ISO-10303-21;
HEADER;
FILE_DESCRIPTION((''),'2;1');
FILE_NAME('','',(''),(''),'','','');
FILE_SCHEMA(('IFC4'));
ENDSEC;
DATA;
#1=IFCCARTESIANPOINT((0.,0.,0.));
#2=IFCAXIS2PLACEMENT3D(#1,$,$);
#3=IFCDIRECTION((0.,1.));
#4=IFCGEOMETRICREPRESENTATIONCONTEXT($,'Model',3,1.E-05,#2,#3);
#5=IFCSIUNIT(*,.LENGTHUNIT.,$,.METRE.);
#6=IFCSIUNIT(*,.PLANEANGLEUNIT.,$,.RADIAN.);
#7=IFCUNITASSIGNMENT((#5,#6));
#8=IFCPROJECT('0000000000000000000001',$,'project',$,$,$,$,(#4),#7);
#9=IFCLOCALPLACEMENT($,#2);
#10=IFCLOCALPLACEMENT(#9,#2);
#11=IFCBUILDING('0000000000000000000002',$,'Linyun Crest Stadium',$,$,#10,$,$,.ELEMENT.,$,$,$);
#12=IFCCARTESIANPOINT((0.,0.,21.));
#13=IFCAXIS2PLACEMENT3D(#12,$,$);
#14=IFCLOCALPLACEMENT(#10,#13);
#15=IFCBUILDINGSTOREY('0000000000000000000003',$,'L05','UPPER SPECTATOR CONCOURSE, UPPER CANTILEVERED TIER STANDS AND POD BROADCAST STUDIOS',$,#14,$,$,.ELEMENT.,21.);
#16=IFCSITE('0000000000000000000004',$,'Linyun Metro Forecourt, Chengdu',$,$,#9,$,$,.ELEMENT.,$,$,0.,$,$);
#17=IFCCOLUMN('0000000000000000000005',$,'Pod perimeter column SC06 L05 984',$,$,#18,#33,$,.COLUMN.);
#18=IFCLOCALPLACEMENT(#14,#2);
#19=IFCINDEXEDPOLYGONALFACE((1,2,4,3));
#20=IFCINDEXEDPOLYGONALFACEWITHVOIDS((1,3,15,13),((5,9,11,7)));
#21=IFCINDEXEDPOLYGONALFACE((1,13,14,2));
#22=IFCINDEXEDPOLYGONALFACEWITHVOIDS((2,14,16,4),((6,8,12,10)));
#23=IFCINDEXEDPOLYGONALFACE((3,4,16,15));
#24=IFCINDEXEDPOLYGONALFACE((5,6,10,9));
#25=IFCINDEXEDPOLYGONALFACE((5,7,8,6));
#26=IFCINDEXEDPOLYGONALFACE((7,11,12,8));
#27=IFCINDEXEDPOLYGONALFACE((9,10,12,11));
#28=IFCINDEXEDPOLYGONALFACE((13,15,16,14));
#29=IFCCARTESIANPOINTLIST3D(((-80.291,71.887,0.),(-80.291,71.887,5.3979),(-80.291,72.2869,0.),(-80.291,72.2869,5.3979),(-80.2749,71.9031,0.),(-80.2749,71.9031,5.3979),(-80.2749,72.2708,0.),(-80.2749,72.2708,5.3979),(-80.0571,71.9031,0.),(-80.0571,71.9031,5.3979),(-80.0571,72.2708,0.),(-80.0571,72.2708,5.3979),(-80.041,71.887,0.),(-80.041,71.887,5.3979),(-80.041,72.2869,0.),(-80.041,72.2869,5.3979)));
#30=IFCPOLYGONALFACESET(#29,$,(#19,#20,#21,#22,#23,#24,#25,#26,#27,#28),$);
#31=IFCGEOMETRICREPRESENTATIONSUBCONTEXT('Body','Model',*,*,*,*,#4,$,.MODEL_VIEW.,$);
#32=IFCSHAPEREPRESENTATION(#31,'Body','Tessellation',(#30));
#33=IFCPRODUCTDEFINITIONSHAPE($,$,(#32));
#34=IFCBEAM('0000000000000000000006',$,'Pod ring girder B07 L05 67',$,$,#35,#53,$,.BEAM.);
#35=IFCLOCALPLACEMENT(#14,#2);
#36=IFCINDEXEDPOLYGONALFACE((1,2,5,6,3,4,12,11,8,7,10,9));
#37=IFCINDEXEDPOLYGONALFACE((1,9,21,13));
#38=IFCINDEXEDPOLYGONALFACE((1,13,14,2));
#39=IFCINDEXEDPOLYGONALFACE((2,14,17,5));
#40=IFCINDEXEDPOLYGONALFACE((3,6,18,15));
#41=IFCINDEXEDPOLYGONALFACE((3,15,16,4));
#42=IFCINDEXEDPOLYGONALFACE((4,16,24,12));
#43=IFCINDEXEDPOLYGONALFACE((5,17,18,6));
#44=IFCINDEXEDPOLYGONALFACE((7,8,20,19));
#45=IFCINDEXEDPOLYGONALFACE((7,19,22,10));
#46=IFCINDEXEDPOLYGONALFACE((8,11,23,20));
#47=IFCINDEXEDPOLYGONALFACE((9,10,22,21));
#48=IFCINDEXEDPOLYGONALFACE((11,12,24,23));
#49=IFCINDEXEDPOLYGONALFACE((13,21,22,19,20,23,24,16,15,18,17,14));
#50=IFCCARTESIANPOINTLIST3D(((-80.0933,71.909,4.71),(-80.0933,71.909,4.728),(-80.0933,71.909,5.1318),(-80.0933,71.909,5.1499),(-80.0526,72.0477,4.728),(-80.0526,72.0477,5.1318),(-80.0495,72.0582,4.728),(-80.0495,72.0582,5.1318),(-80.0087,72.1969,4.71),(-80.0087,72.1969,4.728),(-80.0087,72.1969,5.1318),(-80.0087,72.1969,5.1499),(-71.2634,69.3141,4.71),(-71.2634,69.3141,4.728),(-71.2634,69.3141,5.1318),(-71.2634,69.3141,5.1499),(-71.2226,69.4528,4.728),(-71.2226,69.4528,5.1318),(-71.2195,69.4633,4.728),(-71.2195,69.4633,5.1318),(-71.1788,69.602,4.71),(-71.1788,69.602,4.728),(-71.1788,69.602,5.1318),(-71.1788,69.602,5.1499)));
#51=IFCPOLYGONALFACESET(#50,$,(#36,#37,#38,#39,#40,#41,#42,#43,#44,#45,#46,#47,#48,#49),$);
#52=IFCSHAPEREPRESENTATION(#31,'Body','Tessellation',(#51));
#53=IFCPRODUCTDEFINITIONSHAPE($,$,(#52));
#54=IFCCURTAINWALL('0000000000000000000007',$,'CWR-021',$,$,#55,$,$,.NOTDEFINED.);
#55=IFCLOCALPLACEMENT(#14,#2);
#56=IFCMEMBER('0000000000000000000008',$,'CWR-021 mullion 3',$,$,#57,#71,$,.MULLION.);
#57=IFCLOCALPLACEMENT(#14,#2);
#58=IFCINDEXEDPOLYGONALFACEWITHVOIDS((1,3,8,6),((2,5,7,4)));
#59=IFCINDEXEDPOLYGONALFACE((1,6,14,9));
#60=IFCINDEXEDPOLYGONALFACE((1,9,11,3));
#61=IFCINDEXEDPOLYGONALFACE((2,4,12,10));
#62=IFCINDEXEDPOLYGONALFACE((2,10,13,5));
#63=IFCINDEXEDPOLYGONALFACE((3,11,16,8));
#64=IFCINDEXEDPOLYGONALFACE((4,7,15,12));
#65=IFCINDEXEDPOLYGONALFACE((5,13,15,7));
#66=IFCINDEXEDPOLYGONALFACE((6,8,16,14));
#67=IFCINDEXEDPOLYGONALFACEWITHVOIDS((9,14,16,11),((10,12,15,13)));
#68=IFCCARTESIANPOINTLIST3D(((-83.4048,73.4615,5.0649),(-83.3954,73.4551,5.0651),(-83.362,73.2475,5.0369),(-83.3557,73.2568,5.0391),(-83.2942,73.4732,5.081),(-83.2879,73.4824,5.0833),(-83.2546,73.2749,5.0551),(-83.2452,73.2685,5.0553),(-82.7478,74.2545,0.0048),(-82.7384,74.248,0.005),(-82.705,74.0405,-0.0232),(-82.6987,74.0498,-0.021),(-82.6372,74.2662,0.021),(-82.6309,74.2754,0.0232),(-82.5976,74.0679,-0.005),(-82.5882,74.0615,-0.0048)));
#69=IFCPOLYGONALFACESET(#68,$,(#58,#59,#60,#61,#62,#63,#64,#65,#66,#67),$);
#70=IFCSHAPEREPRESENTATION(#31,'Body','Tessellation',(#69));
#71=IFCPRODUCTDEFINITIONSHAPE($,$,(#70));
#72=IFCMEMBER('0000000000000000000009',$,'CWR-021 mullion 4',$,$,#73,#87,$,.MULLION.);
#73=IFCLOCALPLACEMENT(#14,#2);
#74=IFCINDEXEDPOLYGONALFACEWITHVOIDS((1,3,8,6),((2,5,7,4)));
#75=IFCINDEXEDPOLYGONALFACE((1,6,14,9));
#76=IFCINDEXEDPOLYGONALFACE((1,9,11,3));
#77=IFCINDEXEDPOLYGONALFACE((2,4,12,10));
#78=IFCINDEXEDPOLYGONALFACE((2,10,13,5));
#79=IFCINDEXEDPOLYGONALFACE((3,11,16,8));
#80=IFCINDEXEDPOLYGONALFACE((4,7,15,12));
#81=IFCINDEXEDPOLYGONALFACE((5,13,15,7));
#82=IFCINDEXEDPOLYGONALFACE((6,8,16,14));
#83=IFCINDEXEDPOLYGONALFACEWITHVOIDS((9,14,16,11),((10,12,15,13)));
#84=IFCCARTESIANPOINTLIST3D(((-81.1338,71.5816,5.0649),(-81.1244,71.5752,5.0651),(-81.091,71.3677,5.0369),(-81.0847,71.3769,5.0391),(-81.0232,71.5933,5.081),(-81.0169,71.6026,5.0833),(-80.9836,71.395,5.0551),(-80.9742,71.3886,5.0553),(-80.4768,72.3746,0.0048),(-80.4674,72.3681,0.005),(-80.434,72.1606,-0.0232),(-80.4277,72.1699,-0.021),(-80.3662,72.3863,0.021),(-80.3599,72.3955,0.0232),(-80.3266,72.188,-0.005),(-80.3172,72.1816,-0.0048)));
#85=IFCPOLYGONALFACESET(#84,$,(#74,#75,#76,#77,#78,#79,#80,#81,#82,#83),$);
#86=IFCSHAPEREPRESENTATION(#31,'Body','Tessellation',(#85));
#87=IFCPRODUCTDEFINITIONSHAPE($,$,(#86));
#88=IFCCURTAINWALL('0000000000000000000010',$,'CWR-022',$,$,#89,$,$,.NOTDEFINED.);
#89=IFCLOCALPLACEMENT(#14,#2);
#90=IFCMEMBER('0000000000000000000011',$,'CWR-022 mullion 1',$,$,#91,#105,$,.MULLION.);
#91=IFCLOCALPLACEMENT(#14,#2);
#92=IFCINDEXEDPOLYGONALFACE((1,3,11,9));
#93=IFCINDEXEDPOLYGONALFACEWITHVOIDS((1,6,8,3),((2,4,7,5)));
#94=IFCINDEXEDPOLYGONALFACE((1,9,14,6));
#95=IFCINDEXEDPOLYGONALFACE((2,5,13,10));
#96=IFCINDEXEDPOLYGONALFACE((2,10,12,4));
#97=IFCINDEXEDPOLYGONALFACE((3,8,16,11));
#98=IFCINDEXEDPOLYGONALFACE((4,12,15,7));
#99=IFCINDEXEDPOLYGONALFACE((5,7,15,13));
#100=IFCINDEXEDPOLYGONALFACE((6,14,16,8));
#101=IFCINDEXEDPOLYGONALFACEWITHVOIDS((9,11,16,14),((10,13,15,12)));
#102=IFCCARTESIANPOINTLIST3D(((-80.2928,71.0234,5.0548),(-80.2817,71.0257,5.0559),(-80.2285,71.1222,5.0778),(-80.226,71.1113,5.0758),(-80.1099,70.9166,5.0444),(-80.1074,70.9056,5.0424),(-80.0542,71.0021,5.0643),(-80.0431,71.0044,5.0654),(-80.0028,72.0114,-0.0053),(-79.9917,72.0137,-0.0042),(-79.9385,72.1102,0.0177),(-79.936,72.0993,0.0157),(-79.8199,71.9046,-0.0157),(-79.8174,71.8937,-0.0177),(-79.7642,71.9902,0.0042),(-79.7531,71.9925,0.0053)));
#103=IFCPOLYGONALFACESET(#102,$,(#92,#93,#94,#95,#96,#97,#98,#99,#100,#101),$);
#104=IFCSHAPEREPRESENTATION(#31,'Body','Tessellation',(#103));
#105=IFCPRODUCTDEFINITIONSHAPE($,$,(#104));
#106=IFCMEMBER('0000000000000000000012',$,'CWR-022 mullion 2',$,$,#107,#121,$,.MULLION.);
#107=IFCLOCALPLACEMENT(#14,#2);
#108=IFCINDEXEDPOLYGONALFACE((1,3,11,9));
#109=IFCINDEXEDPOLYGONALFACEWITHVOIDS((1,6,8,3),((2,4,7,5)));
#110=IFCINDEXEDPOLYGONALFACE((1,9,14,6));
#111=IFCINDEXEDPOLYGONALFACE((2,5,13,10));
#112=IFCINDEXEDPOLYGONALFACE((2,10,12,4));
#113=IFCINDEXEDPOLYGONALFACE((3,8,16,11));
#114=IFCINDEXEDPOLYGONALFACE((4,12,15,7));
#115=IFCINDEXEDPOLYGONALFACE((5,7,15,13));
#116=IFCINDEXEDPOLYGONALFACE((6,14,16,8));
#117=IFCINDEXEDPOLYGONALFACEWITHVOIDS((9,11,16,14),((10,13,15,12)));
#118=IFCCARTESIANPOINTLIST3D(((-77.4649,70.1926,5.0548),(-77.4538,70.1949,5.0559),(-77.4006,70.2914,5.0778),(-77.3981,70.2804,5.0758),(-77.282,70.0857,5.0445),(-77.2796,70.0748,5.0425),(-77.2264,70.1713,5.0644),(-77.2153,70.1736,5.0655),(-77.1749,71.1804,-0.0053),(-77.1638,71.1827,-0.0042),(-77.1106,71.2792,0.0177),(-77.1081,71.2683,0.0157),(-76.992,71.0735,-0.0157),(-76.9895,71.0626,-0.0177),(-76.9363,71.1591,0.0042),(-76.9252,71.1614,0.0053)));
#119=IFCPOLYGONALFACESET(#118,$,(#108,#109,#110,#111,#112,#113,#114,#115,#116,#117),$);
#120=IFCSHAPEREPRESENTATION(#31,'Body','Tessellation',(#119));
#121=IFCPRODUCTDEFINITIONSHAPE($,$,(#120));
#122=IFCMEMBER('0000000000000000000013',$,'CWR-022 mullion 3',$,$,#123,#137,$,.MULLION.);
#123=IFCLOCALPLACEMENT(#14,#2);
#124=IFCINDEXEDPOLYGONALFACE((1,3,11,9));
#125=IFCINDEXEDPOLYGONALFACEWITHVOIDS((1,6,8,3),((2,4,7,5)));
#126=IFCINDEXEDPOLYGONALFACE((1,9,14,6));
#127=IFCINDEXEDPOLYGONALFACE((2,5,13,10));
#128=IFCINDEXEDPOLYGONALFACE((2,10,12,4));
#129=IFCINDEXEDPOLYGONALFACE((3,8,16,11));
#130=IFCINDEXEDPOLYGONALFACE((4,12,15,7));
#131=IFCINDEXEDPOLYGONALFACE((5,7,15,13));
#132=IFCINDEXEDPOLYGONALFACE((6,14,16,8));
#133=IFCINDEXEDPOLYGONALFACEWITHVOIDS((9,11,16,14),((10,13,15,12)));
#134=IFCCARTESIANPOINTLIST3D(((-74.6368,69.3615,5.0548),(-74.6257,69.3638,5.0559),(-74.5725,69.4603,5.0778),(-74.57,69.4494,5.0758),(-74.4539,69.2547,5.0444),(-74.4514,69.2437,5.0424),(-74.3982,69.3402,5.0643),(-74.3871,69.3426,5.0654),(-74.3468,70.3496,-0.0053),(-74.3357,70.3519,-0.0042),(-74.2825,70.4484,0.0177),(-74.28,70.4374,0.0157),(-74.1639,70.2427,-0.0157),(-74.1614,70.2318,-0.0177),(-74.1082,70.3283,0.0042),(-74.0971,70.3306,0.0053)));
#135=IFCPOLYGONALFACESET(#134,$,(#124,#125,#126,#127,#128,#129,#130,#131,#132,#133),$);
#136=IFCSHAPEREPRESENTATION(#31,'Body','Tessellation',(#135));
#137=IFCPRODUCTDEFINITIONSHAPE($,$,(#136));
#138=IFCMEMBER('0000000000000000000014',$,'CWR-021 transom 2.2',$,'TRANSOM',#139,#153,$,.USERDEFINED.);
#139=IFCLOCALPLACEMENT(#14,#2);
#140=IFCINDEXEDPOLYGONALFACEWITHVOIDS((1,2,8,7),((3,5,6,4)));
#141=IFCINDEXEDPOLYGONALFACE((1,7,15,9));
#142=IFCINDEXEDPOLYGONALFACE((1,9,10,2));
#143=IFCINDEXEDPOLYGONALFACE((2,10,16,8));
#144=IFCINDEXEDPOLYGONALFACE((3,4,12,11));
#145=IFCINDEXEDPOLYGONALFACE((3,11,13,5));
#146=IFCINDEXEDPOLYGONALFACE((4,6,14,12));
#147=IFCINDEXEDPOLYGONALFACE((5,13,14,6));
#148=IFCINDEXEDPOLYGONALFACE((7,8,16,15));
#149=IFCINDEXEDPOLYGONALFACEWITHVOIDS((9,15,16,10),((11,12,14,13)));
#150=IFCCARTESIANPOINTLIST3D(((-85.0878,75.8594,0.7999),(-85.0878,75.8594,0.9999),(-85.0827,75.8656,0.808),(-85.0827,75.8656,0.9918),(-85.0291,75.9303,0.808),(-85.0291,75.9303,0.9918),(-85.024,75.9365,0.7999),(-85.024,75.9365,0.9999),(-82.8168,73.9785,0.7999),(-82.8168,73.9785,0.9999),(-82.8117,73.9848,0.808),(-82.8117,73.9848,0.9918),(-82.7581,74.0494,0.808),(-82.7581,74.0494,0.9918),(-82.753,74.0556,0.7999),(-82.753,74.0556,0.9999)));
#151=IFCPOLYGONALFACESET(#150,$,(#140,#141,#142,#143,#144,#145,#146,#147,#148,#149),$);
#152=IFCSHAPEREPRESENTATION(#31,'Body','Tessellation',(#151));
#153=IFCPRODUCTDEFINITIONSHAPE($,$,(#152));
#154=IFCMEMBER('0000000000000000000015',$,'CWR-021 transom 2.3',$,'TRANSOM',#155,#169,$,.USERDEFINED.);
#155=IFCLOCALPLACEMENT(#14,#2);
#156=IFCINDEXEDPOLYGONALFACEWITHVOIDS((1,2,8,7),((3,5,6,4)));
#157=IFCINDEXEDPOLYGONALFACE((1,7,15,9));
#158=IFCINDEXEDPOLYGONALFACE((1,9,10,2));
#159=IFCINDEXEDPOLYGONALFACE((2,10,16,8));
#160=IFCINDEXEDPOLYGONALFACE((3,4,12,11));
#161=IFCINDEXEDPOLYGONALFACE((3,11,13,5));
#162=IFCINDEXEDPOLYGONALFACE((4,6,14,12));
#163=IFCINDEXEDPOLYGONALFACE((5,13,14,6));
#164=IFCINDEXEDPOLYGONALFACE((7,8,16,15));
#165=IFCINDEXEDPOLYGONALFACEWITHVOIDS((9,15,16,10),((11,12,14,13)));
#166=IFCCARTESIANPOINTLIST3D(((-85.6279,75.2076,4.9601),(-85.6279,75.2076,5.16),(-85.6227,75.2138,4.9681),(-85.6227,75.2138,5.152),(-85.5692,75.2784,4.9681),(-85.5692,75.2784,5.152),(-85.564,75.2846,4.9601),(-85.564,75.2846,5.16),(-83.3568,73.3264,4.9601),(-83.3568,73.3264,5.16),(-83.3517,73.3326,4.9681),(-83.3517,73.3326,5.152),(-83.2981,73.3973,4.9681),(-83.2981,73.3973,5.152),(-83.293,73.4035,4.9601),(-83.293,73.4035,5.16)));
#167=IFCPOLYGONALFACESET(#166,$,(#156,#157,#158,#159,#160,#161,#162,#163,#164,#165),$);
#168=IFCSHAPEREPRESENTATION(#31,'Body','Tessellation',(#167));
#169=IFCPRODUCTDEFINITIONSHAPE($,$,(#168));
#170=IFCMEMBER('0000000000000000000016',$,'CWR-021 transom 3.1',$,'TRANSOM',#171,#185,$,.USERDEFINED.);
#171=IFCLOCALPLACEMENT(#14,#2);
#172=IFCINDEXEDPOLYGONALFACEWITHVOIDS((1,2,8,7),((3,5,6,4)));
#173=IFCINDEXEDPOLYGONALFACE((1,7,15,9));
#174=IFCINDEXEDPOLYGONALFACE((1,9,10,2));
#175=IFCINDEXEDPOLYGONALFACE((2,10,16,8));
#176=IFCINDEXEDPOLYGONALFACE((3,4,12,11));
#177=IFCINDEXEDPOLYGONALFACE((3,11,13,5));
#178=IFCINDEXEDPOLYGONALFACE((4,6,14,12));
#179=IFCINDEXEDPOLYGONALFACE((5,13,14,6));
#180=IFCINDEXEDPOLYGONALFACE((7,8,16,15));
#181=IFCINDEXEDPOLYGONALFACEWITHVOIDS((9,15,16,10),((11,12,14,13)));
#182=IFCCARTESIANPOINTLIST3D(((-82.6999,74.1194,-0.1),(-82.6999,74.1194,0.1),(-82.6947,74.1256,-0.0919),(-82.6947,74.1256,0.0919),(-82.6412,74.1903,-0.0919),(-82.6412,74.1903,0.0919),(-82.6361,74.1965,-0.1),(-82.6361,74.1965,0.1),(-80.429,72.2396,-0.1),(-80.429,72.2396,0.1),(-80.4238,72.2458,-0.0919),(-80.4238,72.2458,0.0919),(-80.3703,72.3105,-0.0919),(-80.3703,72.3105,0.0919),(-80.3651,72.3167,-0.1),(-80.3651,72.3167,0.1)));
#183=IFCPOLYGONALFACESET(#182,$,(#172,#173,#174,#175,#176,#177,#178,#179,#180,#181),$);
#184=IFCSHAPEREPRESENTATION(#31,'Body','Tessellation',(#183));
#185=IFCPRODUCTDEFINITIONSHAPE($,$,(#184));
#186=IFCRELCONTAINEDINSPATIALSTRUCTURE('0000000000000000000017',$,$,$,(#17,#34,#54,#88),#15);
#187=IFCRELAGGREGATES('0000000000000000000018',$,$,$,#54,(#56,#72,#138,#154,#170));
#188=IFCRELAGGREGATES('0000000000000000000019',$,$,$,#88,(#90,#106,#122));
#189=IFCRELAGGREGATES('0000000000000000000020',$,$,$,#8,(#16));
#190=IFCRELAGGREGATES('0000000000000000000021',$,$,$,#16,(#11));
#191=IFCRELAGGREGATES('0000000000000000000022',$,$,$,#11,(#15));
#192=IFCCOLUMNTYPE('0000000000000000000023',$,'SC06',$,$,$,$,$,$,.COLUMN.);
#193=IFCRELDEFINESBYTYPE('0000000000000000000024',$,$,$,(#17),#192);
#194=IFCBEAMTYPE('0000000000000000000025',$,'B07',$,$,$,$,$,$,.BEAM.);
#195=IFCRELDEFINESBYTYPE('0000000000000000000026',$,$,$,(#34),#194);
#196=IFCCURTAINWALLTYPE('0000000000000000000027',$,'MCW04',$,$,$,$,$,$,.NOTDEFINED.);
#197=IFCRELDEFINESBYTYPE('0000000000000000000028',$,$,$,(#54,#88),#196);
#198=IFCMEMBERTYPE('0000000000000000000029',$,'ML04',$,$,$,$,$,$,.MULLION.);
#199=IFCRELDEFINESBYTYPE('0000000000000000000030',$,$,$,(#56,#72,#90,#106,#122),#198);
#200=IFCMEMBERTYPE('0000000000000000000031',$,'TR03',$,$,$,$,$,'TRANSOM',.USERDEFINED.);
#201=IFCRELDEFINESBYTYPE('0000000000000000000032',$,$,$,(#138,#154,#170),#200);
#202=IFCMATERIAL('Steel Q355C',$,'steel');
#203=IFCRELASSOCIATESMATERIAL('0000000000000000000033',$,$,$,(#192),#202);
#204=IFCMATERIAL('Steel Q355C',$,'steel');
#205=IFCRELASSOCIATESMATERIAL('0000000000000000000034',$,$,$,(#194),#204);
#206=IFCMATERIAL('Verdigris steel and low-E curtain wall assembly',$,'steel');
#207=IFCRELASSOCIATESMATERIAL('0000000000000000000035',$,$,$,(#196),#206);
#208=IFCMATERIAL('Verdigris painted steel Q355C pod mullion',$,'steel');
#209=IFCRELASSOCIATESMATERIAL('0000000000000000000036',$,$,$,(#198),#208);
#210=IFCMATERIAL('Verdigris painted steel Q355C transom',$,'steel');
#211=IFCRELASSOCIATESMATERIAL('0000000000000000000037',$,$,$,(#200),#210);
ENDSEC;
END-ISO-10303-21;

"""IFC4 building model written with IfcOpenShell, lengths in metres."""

from ifc_helpers import new_model, si_unit, direction, frame, origin, origin_2d, place, context, subcontext, project, spatial, hollow_rectangle, i_section, extrude, material, material_profile, profile_set, type_object, element, aggregate, save


model = new_model("IFC4")

# Units and contexts
model_context = context("Model", 3, precision=1e-05, world=origin(), true_north=direction((0.0, 1.0)))
body_context = subcontext(model_context, "Body", "Model", "MODEL_VIEW")
ifc_project = project(units=[si_unit("LENGTHUNIT", "METRE"), si_unit("PLANEANGLEUNIT", "RADIAN")], contexts=[model_context])

# Site, building, storey
site_placement = place(None, origin())
site = spatial("IfcSite", under=ifc_project, at=site_placement, Name="Linyun Metro Forecourt, Chengdu", CompositionType="ELEMENT", RefElevation=0.0)
building_placement = place(site_placement, origin())
building = spatial("IfcBuilding", under=site, at=building_placement, Name="Linyun Crest Stadium", CompositionType="ELEMENT")
storey_placement = place(building_placement, frame((0.0, 0.0, 21.0)))
storey = spatial("IfcBuildingStorey", under=building, at=storey_placement, Name="L05", Description="UPPER SPECTATOR CONCOURSE, UPPER CANTILEVERED TIER STANDS AND POD BROADCAST STUDIOS", CompositionType="ELEMENT", Elevation=21.0)

# Column
ifc_material_1 = material(Name="Steel Q355C", Category="steel")
ifc_material_profile_1 = material_profile(ifc_material_1, hollow_rectangle(XDim=0.25, YDim=0.3999, WallThickness=0.0161, at=origin_2d()), Name="RHS 400x250x16")
ifc_profile_set_1 = profile_set([ifc_material_profile_1], Name="Steel Q355C")
column_type = type_object("IfcColumnType", Name="SC06", PredefinedType="COLUMN", material=ifc_profile_set_1)
column_placement = place(storey_placement, frame((-80.166, 72.0869, 0.0), z_axis=(0.0, 0.0, 1.0), x_axis=(1.0, 0.0, 0.0)))
element("IfcColumn", 1, at=column_placement, inside=storey, type_object=column_type, Name="Pod perimeter column SC06 L05 984", PredefinedType="COLUMN", context=body_context, shape_type="SweptSolid", body=[
    extrude(hollow_rectangle(XDim=0.25, YDim=0.3999, WallThickness=0.0161, at=origin_2d()), origin(), (0.0, 0.0, 1.0), 5.3979),
])

# Beam
ifc_material_2 = material(Name="Steel Q355C", Category="steel")
ifc_material_profile_2 = material_profile(ifc_material_2, i_section(OverallWidth=0.3, OverallDepth=0.4399, WebThickness=0.011, FlangeThickness=0.0181, at=origin_2d()), Name="HM 440x300")
ifc_profile_set_2 = profile_set([ifc_material_profile_2], Name="Steel Q355C")
beam_type = type_object("IfcBeamType", Name="B07", PredefinedType="BEAM", material=ifc_profile_set_2)
beam_placement = place(storey_placement, frame((-80.051, 72.053, 4.9299), z_axis=(0.959428, -0.281955, 0.0), x_axis=(0.281955, 0.959428, 0.0)))
element("IfcBeam", 2, at=beam_placement, inside=storey, type_object=beam_type, Name="Pod ring girder B07 L05 67", PredefinedType="BEAM", context=body_context, shape_type="SweptSolid", body=[
    extrude(i_section(OverallWidth=0.3, OverallDepth=0.4399, WebThickness=0.011, FlangeThickness=0.0181, at=origin_2d()), origin(), (0.0, 0.0, 1.0), 9.2034),
])

# Curtain walls, members
ifc_material_3 = material(Name="Verdigris steel and low-E curtain wall assembly", Category="steel")
curtain_wall_type = type_object("IfcCurtainWallType", Name="MCW04", PredefinedType="NOTDEFINED", material=ifc_material_3)
curtain_wall_1_placement = place(storey_placement, origin())
curtain_wall_1 = element("IfcCurtainWall", 3, at=curtain_wall_1_placement, inside=storey, type_object=curtain_wall_type, Name="CWR-021", PredefinedType="NOTDEFINED")
ifc_material_4 = material(Name="Verdigris painted steel Q355C pod mullion", Category="steel")
ifc_material_profile_3 = material_profile(ifc_material_4, hollow_rectangle(XDim=0.1201, YDim=0.22, WallThickness=0.0081, at=origin_2d()), Name="RHS 220x120x8")
ifc_profile_set_3 = profile_set([ifc_material_profile_3], Name="Verdigris painted steel Q355C pod mullion")
member_type_1 = type_object("IfcMemberType", Name="ML04", PredefinedType="MULLION", material=ifc_profile_set_3)
member_1_placement = place(storey_placement, frame((-82.668, 74.158, 0.0), z_axis=(-0.127229, -0.153564, 0.979914), x_axis=(0.972619, 0.174403, 0.153613)))
member_1 = element("IfcMember", 4, at=member_1_placement, type_object=member_type_1, Name="CWR-021 mullion 3", PredefinedType="MULLION", context=body_context, shape_type="SweptSolid", body=[
    extrude(hollow_rectangle(XDim=0.1201, YDim=0.22, WallThickness=0.0081, at=origin_2d()), origin(), (0.0, 0.0, 1.0), 5.1638),
])
member_2_placement = place(storey_placement, frame((-80.397, 72.2781, 0.0), z_axis=(-0.127229, -0.153564, 0.979914), x_axis=(0.972619, 0.174403, 0.153613)))
member_2 = element("IfcMember", 5, at=member_2_placement, type_object=member_type_1, Name="CWR-021 mullion 4", PredefinedType="MULLION", context=body_context, shape_type="SweptSolid", body=[
    extrude(hollow_rectangle(XDim=0.1201, YDim=0.22, WallThickness=0.0081, at=origin_2d()), origin(), (0.0, 0.0, 1.0), 5.1638),
])
curtain_wall_2_placement = place(storey_placement, origin())
curtain_wall_2 = element("IfcCurtainWall", 6, at=curtain_wall_2_placement, inside=storey, type_object=curtain_wall_type, Name="CWR-022", PredefinedType="NOTDEFINED")
member_3_placement = place(storey_placement, frame((-79.8779, 72.002, 0.0), z_axis=(-0.056168, -0.19134, 0.979915), x_axis=(0.535395, 0.822647, 0.19132)))
member_3 = element("IfcMember", 7, at=member_3_placement, type_object=member_type_1, Name="CWR-022 mullion 1", PredefinedType="MULLION", context=body_context, shape_type="SweptSolid", body=[
    extrude(hollow_rectangle(XDim=0.1201, YDim=0.22, WallThickness=0.0081, at=origin_2d()), origin(), (0.0, 0.0, 1.0), 5.1638),
])
member_4_placement = place(storey_placement, frame((-77.05, 71.1709, 0.0), z_axis=(-0.056169, -0.191295, 0.979924), x_axis=(0.535452, 0.82262, 0.191278)))
member_4 = element("IfcMember", 8, at=member_4_placement, type_object=member_type_1, Name="CWR-022 mullion 2", PredefinedType="MULLION", context=body_context, shape_type="SweptSolid", body=[
    extrude(hollow_rectangle(XDim=0.1201, YDim=0.22, WallThickness=0.0081, at=origin_2d()), origin(), (0.0, 0.0, 1.0), 5.1638),
])
member_5_placement = place(storey_placement, frame((-74.2219, 70.3401, 0.0), z_axis=(-0.056168, -0.19134, 0.979915), x_axis=(0.535395, 0.822647, 0.19132)))
member_5 = element("IfcMember", 9, at=member_5_placement, type_object=member_type_1, Name="CWR-022 mullion 3", PredefinedType="MULLION", context=body_context, shape_type="SweptSolid", body=[
    extrude(hollow_rectangle(XDim=0.1201, YDim=0.22, WallThickness=0.0081, at=origin_2d()), origin(), (0.0, 0.0, 1.0), 5.1638),
])

# Members
ifc_material_5 = material(Name="Verdigris painted steel Q355C transom", Category="steel")
ifc_material_profile_4 = material_profile(ifc_material_5, hollow_rectangle(XDim=0.1001, YDim=0.2, WallThickness=0.0081, at=origin_2d()), Name="RHS 200x100x8")
ifc_profile_set_4 = profile_set([ifc_material_profile_4], Name="Verdigris painted steel Q355C transom")
member_type_2 = type_object("IfcMemberType", Name="TR03", ElementType="TRANSOM", PredefinedType="USERDEFINED", material=ifc_profile_set_4)
member_6_placement = place(storey_placement, frame((-85.0559, 75.8979, 0.8999), z_axis=(0.770159, -0.637852, 0.0), x_axis=(0.637852, 0.770159, 0.0)))
member_6 = element("IfcMember", 10, at=member_6_placement, type_object=member_type_2, Name="CWR-021 transom 2.2", ObjectType="TRANSOM", PredefinedType="USERDEFINED", context=body_context, shape_type="SweptSolid", body=[
    extrude(hollow_rectangle(XDim=0.1001, YDim=0.2, WallThickness=0.0081, at=origin_2d()), origin(), (0.0, 0.0, 1.0), 2.9487),
])
member_7_placement = place(storey_placement, frame((-85.5959, 75.2461, 5.0601), z_axis=(0.770118, -0.637901, 0.0), x_axis=(0.637901, 0.770118, 0.0)))
member_7 = element("IfcMember", 11, at=member_7_placement, type_object=member_type_2, Name="CWR-021 transom 2.3", ObjectType="TRANSOM", PredefinedType="USERDEFINED", context=body_context, shape_type="SweptSolid", body=[
    extrude(hollow_rectangle(XDim=0.1001, YDim=0.2, WallThickness=0.0081, at=origin_2d()), origin(), (0.0, 0.0, 1.0), 2.949),
])
member_8_placement = place(storey_placement, frame((-82.668, 74.158, 0.0), z_axis=(0.770321, -0.637656, 0.0), x_axis=(0.637656, 0.770321, 0.0)))
member_8 = element("IfcMember", 12, at=member_8_placement, type_object=member_type_2, Name="CWR-021 transom 3.1", ObjectType="TRANSOM", PredefinedType="USERDEFINED", context=body_context, shape_type="SweptSolid", body=[
    extrude(hollow_rectangle(XDim=0.1001, YDim=0.2, WallThickness=0.0081, at=origin_2d()), origin(), (0.0, 0.0, 1.0), 2.948),
])

aggregate(curtain_wall_1, [member_1, member_2, member_6, member_7, member_8])
aggregate(curtain_wall_2, [member_3, member_4, member_5])

save(model, "model.ifc")
